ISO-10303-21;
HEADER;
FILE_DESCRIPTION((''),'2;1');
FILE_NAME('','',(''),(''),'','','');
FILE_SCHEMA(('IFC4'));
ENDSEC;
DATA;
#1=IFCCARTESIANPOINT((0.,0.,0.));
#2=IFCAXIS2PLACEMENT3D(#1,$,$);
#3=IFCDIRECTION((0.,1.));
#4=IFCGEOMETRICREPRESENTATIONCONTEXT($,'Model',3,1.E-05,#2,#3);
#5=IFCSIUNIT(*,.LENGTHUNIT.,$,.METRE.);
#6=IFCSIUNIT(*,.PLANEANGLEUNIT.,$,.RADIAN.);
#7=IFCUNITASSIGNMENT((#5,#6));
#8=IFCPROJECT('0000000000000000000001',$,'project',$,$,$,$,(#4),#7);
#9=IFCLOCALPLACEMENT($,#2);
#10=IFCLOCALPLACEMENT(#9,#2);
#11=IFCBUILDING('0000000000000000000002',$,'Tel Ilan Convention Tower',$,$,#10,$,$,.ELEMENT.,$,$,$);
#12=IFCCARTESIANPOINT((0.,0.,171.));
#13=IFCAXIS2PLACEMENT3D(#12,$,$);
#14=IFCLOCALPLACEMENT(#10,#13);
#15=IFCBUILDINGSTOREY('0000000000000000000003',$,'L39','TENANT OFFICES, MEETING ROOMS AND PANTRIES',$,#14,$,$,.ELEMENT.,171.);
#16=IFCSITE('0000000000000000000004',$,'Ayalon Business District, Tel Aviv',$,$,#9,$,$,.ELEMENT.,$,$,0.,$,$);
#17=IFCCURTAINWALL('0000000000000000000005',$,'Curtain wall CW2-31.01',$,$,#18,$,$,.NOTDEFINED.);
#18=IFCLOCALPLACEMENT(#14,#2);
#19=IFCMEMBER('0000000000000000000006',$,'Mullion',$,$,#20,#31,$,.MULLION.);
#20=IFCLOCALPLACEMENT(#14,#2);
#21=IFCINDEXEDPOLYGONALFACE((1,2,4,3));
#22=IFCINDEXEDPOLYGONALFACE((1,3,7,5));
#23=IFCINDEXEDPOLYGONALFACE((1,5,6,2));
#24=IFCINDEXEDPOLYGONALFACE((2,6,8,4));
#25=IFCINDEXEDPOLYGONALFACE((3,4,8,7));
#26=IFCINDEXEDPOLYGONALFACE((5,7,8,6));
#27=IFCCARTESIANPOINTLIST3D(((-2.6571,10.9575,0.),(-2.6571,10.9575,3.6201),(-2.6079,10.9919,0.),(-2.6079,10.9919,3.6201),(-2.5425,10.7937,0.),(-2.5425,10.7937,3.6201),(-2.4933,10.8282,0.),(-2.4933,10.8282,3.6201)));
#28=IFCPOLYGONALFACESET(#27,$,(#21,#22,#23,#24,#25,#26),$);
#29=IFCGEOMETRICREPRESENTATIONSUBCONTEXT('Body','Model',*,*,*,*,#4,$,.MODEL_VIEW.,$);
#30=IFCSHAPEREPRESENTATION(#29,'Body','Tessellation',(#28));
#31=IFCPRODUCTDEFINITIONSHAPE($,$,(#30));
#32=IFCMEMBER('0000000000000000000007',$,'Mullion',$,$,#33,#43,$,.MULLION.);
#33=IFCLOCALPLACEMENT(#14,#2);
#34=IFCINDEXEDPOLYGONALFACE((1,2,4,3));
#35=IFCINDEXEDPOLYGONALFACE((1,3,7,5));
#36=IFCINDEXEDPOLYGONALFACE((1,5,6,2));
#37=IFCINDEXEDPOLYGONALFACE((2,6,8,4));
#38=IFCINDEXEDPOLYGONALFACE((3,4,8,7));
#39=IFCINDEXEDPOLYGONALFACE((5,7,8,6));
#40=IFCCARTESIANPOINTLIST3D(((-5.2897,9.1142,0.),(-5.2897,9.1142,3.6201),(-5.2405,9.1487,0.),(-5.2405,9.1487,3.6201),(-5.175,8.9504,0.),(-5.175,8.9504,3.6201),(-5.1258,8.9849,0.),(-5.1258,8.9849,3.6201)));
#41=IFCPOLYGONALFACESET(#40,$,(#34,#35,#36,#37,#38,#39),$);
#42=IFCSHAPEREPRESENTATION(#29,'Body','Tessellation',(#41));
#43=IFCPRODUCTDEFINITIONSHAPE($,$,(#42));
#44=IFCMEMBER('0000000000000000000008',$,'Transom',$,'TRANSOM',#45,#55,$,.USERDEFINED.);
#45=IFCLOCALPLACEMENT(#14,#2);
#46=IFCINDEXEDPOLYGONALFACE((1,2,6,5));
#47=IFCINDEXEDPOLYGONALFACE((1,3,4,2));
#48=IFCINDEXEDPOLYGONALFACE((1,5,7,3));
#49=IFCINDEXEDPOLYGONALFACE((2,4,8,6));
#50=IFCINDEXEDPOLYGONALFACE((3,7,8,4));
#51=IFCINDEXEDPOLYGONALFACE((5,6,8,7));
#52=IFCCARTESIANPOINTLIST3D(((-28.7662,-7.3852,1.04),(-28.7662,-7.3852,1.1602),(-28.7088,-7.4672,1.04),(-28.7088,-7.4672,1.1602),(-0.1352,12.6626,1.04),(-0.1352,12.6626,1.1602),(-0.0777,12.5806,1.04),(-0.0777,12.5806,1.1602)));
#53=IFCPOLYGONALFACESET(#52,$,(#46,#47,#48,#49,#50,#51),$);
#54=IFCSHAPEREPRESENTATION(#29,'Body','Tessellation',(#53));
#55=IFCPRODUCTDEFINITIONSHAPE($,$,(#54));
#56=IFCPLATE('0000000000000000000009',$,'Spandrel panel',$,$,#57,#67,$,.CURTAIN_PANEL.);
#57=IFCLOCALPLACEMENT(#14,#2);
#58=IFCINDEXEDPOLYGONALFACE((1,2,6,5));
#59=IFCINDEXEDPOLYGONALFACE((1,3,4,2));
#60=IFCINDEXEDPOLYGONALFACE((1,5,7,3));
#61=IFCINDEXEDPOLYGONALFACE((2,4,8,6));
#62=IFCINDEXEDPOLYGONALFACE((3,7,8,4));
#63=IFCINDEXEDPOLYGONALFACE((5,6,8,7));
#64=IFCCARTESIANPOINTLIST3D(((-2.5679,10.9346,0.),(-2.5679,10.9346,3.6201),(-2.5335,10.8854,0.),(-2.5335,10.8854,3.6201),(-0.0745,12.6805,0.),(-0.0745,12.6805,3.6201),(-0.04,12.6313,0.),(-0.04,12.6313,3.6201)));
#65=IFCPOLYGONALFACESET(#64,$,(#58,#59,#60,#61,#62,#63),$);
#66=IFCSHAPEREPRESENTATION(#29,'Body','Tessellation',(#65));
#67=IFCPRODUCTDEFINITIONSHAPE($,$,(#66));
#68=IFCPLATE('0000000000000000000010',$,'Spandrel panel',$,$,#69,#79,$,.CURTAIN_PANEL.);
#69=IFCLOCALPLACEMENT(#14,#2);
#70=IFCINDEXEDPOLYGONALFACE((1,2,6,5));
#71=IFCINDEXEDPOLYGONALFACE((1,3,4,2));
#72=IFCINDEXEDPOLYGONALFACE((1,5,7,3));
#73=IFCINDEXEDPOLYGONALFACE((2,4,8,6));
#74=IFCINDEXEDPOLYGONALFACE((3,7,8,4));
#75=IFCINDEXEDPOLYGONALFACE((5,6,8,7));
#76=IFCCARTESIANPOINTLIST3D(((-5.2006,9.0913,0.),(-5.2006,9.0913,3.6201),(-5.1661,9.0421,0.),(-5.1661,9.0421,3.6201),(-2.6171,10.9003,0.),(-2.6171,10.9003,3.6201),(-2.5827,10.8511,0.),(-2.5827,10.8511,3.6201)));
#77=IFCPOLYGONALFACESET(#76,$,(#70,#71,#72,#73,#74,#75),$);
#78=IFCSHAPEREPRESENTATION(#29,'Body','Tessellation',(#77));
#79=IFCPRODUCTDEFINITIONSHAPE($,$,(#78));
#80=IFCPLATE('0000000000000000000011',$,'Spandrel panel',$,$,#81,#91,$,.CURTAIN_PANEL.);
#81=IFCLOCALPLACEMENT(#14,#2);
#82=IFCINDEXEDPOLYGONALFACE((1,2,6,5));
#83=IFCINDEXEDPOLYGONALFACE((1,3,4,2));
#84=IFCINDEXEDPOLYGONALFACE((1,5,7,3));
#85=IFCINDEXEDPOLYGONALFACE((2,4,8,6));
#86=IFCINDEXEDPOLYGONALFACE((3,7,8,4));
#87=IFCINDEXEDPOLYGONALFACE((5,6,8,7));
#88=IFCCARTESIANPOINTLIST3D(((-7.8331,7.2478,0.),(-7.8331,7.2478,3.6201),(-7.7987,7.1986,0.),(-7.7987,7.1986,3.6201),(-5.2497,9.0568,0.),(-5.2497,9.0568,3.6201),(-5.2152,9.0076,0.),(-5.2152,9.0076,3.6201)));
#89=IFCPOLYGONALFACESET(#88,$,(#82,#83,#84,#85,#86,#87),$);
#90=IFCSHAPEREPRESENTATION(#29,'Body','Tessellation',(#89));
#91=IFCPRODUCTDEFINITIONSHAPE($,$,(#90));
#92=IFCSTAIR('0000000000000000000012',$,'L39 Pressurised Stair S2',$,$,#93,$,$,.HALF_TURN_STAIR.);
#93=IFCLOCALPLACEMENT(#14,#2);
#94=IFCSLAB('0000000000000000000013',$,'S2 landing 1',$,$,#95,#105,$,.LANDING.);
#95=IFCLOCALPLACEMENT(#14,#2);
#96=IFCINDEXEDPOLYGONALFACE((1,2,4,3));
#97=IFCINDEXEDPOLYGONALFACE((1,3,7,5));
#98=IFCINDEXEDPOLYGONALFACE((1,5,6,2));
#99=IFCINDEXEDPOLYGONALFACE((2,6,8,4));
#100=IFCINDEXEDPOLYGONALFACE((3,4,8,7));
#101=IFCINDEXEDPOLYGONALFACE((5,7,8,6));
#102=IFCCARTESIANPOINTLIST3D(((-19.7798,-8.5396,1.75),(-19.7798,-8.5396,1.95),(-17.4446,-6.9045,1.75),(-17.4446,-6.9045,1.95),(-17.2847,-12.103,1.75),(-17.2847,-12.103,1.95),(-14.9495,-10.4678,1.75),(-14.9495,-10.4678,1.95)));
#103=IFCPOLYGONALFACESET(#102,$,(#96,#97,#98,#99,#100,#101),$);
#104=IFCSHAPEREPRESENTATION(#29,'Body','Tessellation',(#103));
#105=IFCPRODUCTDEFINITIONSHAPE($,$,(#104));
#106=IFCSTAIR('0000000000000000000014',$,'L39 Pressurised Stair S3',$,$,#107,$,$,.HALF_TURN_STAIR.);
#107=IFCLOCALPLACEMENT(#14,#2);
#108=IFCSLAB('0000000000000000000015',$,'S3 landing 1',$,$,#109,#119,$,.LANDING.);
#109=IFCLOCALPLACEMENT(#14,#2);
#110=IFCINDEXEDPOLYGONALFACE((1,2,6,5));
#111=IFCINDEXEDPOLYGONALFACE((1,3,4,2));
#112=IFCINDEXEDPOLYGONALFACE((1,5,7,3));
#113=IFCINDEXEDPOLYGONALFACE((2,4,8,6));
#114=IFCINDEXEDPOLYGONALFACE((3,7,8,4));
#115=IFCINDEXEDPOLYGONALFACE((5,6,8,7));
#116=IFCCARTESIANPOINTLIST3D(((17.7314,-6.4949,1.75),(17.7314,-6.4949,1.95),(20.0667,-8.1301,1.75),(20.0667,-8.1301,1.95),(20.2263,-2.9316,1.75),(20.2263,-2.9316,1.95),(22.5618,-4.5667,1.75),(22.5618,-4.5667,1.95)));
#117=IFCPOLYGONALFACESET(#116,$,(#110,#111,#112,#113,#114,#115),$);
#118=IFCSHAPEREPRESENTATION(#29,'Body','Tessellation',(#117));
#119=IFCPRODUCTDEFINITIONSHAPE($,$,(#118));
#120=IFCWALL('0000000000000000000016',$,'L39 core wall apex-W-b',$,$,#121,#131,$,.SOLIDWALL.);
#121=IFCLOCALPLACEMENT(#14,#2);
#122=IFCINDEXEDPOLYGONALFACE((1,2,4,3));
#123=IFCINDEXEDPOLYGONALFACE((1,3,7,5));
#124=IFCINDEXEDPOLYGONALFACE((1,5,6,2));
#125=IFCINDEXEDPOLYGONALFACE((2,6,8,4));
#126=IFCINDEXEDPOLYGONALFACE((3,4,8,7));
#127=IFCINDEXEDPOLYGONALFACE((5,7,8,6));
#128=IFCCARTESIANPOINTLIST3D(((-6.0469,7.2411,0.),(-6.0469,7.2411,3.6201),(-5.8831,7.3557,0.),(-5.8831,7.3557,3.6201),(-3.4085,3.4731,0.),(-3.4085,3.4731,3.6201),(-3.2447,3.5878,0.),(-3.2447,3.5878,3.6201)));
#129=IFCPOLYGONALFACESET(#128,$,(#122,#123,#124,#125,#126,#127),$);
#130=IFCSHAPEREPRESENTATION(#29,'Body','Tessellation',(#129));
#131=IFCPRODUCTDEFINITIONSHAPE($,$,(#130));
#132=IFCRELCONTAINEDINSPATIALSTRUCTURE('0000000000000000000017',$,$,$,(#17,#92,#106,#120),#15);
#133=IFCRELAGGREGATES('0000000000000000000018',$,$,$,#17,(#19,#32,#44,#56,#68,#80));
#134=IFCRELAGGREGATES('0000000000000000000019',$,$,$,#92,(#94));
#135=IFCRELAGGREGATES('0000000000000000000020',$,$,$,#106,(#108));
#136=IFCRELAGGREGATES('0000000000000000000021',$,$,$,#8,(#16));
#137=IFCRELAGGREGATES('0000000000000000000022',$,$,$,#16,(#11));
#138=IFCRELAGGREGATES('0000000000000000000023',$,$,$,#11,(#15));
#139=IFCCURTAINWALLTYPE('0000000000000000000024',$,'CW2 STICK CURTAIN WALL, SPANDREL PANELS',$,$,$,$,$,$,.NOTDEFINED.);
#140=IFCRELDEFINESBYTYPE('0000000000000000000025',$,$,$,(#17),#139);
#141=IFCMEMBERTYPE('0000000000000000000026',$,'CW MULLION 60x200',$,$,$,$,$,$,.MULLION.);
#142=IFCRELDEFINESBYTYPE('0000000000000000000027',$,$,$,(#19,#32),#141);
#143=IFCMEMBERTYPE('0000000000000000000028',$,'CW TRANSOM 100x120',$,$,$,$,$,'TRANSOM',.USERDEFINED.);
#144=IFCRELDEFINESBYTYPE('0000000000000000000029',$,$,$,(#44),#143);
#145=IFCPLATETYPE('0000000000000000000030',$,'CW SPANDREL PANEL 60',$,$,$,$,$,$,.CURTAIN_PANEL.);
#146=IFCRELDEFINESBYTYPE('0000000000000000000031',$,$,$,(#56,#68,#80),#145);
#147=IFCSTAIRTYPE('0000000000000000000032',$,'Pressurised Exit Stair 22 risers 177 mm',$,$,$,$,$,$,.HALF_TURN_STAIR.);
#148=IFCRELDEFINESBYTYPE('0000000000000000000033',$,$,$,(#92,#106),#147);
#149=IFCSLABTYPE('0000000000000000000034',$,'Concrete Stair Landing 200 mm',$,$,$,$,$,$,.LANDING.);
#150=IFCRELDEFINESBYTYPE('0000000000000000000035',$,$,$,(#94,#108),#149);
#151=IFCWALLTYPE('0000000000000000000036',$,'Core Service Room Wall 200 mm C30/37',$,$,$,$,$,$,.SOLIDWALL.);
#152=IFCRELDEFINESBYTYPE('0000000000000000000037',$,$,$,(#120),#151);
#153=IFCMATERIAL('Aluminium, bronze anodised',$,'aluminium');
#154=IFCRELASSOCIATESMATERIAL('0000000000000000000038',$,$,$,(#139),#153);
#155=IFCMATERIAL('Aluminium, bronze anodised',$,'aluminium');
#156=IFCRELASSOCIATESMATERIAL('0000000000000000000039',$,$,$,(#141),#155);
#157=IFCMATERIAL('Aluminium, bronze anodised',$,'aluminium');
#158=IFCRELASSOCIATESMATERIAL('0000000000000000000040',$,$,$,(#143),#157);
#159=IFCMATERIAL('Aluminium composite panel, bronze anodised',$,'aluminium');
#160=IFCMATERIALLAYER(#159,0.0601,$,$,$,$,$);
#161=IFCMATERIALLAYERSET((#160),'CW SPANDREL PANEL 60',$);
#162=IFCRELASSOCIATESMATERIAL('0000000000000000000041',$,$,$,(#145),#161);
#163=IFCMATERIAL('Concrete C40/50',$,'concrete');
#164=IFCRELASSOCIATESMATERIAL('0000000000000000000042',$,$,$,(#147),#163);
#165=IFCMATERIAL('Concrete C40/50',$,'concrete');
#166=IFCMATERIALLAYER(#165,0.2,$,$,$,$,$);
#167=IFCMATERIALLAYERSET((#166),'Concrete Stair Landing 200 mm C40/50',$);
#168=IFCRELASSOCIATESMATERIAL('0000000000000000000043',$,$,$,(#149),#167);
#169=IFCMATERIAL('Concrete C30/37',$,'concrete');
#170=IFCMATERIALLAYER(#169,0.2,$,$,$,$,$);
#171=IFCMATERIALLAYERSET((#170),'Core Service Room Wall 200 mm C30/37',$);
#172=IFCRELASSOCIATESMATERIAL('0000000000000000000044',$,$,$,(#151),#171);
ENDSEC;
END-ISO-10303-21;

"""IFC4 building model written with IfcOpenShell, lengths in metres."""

from ifc_helpers import new_model, si_unit, direction, frame, frame_2d, origin, origin_2d, place, context, subcontext, project, spatial, polyline, rectangle, outline, extrude, material, layer, layer_set, material_profile, profile_set, type_object, element, aggregate, save


model = new_model("IFC4")

# Units and contexts
model_context = context("Model", 3, precision=1e-05, world=origin(), true_north=direction((0.0, 1.0)))
body_context = subcontext(model_context, "Body", "Model", "MODEL_VIEW")
ifc_project = project(units=[si_unit("LENGTHUNIT", "METRE"), si_unit("PLANEANGLEUNIT", "RADIAN")], contexts=[model_context])

# Site, building, storey
site_placement = place(None, origin())
site = spatial("IfcSite", under=ifc_project, at=site_placement, Name="Ayalon Business District, Tel Aviv", CompositionType="ELEMENT", RefElevation=0.0)
building_placement = place(site_placement, origin())
building = spatial("IfcBuilding", under=site, at=building_placement, Name="Tel Ilan Convention Tower", CompositionType="ELEMENT")
storey_placement = place(building_placement, frame((0.0, 0.0, 171.0)))
storey = spatial("IfcBuildingStorey", under=building, at=storey_placement, Name="L39", Description="TENANT OFFICES, MEETING ROOMS AND PANTRIES", CompositionType="ELEMENT", Elevation=171.0)

# Curtain wall, members, plates
ifc_material_1 = material(Name="Aluminium, bronze anodised", Category="aluminium")
curtain_wall_type = type_object("IfcCurtainWallType", Name="CW2 STICK CURTAIN WALL, SPANDREL PANELS", PredefinedType="NOTDEFINED", material=ifc_material_1)
curtain_wall_placement = place(storey_placement, origin())
curtain_wall = element("IfcCurtainWall", 1, at=curtain_wall_placement, inside=storey, type_object=curtain_wall_type, Name="Curtain wall CW2-31.01", PredefinedType="NOTDEFINED")
ifc_material_2 = material(Name="Aluminium, bronze anodised", Category="aluminium")
ifc_material_profile_1 = material_profile(ifc_material_2, rectangle(XDim=0.0601, YDim=0.2, at=origin_2d()), Name="CW MULLION 60x200")
ifc_profile_set_1 = profile_set([ifc_material_profile_1], Name="Aluminium, bronze anodised")
member_type_1 = type_object("IfcMemberType", Name="CW MULLION 60x200", PredefinedType="MULLION", material=ifc_profile_set_1)
member_1_placement = place(storey_placement, frame((-2.5752, 10.8928, 0.0), z_axis=(0.0, 0.0, 1.0), x_axis=(-0.819152, -0.573576, 0.0)))
member_1 = element("IfcMember", 2, at=member_1_placement, type_object=member_type_1, Name="Mullion", PredefinedType="MULLION", context=body_context, shape_type="SweptSolid", body=[
    extrude(rectangle(XDim=0.0601, YDim=0.2, at=origin_2d()), origin(), (0.0, 0.0, 1.0), 3.6201),
])
member_2_placement = place(storey_placement, frame((-5.2078, 9.0496, 0.0), z_axis=(0.0, 0.0, 1.0), x_axis=(-0.819152, -0.573576, 0.0)))
member_2 = element("IfcMember", 3, at=member_2_placement, type_object=member_type_1, Name="Mullion", PredefinedType="MULLION", context=body_context, shape_type="SweptSolid", body=[
    extrude(rectangle(XDim=0.0601, YDim=0.2, at=origin_2d()), origin(), (0.0, 0.0, 1.0), 3.6201),
])
ifc_material_3 = material(Name="Aluminium, bronze anodised", Category="aluminium")
ifc_material_profile_2 = material_profile(ifc_material_3, rectangle(XDim=0.1001, YDim=0.1201, at=origin_2d()), Name="CW TRANSOM 100x120")
ifc_profile_set_2 = profile_set([ifc_material_profile_2], Name="Aluminium, bronze anodised")
member_type_2 = type_object("IfcMemberType", Name="CW TRANSOM 100x120", ElementType="TRANSOM", PredefinedType="USERDEFINED", material=ifc_profile_set_2)
member_3_placement = place(storey_placement, frame((-0.1064, 12.6216, 1.1001), z_axis=(-0.81915, -0.573579, 0.0), x_axis=(0.573579, -0.81915, 0.0)))
member_3 = element("IfcMember", 4, at=member_3_placement, type_object=member_type_2, Name="Transom", ObjectType="TRANSOM", PredefinedType="USERDEFINED", context=body_context, shape_type="SweptSolid", body=[
    extrude(rectangle(XDim=0.1001, YDim=0.1201, at=origin_2d()), origin(), (0.0, 0.0, 1.0), 34.9521),
])
ifc_material_4 = material(Name="Aluminium composite panel, bronze anodised", Category="aluminium")
ifc_layer_1 = layer(ifc_material_4, 0.0601)
ifc_layer_set_1 = layer_set([ifc_layer_1], Name="CW SPANDREL PANEL 60")
plate_type = type_object("IfcPlateType", Name="CW SPANDREL PANEL 60", PredefinedType="CURTAIN_PANEL", material=ifc_layer_set_1)
plate_1_placement = place(storey_placement, frame((-1.304, 11.783, 0.0), z_axis=(0.0, 0.0, 1.0), x_axis=(-0.819152, -0.573576, 0.0)))
plate_1 = element("IfcPlate", 5, at=plate_1_placement, type_object=plate_type, Name="Spandrel panel", PredefinedType="CURTAIN_PANEL", context=body_context, shape_type="SweptSolid", body=[
    extrude(rectangle(XDim=3.0439, YDim=0.0601, at=origin_2d()), origin(), (0.0, 0.0, 1.0), 3.6201),
])
plate_2_placement = place(storey_placement, frame((-3.8916, 9.9712, 0.0), z_axis=(0.0, 0.0, 1.0), x_axis=(-0.819152, -0.573576, 0.0)))
plate_2 = element("IfcPlate", 6, at=plate_2_placement, type_object=plate_type, Name="Spandrel panel", PredefinedType="CURTAIN_PANEL", context=body_context, shape_type="SweptSolid", body=[
    extrude(rectangle(XDim=3.1538, YDim=0.0601, at=origin_2d()), origin(), (0.0, 0.0, 1.0), 3.6201),
])
plate_3_placement = place(storey_placement, frame((-6.5242, 8.1277, 0.0), z_axis=(0.0, 0.0, 1.0), x_axis=(-0.819152, -0.573576, 0.0)))
plate_3 = element("IfcPlate", 7, at=plate_3_placement, type_object=plate_type, Name="Spandrel panel", PredefinedType="CURTAIN_PANEL", context=body_context, shape_type="SweptSolid", body=[
    extrude(rectangle(XDim=3.1538, YDim=0.0601, at=origin_2d()), origin(), (0.0, 0.0, 1.0), 3.6201),
])
aggregate(curtain_wall, [member_1, member_2, member_3, plate_1, plate_2, plate_3])

# Stairs, slabs
ifc_material_5 = material(Name="Concrete C40/50", Category="concrete")
stair_type = type_object("IfcStairType", Name="Pressurised Exit Stair 22 risers 177 mm", PredefinedType="HALF_TURN_STAIR", material=ifc_material_5)
stair_1_placement = place(storey_placement, origin())
stair_1 = element("IfcStair", 8, at=stair_1_placement, inside=storey, type_object=stair_type, Name="L39 Pressurised Stair S2", PredefinedType="HALF_TURN_STAIR")
ifc_material_6 = material(Name="Concrete C40/50", Category="concrete")
ifc_layer_2 = layer(ifc_material_6, 0.2)
ifc_layer_set_2 = layer_set([ifc_layer_2], Name="Concrete Stair Landing 200 mm C40/50")
slab_type = type_object("IfcSlabType", Name="Concrete Stair Landing 200 mm", PredefinedType="LANDING", material=ifc_layer_set_2)
slab_1_placement = place(storey_placement, frame((0.0, 0.0, 1.75)))
slab_1 = element("IfcSlab", 9, at=slab_1_placement, type_object=slab_type, Name="S2 landing 1", PredefinedType="LANDING", context=body_context, shape_type="SweptSolid", body=[
    extrude(outline(polyline([(-17.2847, -12.103), (-14.9495, -10.4678), (-17.4446, -6.9045), (-19.7798, -8.5396), (-17.2847, -12.103)])), origin(), (0.0, 0.0, 1.0), 0.2),
])
aggregate(stair_1, [slab_1])
stair_2_placement = place(storey_placement, origin())
stair_2 = element("IfcStair", 10, at=stair_2_placement, inside=storey, type_object=stair_type, Name="L39 Pressurised Stair S3", PredefinedType="HALF_TURN_STAIR")
slab_2_placement = place(storey_placement, frame((0.0, 0.0, 1.75)))
slab_2 = element("IfcSlab", 11, at=slab_2_placement, type_object=slab_type, Name="S3 landing 1", PredefinedType="LANDING", context=body_context, shape_type="SweptSolid", body=[
    extrude(outline(polyline([(22.5618, -4.5667), (20.2263, -2.9316), (17.7314, -6.4949), (20.0667, -8.1301), (22.5618, -4.5667)])), origin(), (0.0, 0.0, 1.0), 0.2),
])
aggregate(stair_2, [slab_2])

# Wall
ifc_material_7 = material(Name="Concrete C30/37", Category="concrete")
ifc_layer_3 = layer(ifc_material_7, 0.2)
ifc_layer_set_3 = layer_set([ifc_layer_3], Name="Core Service Room Wall 200 mm C30/37")
wall_type_1 = type_object("IfcWallType", Name="Core Service Room Wall 200 mm C30/37", PredefinedType="SOLIDWALL", material=ifc_layer_set_3)
wall_1_placement = place(storey_placement, frame((-3.3267, 3.5305, 0.0), z_axis=(0.0, 0.0, 1.0), x_axis=(-0.573576, 0.819152, 0.0)))
element("IfcWall", 12, at=wall_1_placement, inside=storey, type_object=wall_type_1, Name="L39 core wall apex-W-b", PredefinedType="SOLIDWALL", context=body_context, shape_type="SweptSolid", body=[
    extrude(rectangle(XDim=4.5999, YDim=0.2, at=frame_2d((2.2998, 0.0))), origin(), (0.0, 0.0, 1.0), 3.6201),
])

save(model, "model.ifc")
